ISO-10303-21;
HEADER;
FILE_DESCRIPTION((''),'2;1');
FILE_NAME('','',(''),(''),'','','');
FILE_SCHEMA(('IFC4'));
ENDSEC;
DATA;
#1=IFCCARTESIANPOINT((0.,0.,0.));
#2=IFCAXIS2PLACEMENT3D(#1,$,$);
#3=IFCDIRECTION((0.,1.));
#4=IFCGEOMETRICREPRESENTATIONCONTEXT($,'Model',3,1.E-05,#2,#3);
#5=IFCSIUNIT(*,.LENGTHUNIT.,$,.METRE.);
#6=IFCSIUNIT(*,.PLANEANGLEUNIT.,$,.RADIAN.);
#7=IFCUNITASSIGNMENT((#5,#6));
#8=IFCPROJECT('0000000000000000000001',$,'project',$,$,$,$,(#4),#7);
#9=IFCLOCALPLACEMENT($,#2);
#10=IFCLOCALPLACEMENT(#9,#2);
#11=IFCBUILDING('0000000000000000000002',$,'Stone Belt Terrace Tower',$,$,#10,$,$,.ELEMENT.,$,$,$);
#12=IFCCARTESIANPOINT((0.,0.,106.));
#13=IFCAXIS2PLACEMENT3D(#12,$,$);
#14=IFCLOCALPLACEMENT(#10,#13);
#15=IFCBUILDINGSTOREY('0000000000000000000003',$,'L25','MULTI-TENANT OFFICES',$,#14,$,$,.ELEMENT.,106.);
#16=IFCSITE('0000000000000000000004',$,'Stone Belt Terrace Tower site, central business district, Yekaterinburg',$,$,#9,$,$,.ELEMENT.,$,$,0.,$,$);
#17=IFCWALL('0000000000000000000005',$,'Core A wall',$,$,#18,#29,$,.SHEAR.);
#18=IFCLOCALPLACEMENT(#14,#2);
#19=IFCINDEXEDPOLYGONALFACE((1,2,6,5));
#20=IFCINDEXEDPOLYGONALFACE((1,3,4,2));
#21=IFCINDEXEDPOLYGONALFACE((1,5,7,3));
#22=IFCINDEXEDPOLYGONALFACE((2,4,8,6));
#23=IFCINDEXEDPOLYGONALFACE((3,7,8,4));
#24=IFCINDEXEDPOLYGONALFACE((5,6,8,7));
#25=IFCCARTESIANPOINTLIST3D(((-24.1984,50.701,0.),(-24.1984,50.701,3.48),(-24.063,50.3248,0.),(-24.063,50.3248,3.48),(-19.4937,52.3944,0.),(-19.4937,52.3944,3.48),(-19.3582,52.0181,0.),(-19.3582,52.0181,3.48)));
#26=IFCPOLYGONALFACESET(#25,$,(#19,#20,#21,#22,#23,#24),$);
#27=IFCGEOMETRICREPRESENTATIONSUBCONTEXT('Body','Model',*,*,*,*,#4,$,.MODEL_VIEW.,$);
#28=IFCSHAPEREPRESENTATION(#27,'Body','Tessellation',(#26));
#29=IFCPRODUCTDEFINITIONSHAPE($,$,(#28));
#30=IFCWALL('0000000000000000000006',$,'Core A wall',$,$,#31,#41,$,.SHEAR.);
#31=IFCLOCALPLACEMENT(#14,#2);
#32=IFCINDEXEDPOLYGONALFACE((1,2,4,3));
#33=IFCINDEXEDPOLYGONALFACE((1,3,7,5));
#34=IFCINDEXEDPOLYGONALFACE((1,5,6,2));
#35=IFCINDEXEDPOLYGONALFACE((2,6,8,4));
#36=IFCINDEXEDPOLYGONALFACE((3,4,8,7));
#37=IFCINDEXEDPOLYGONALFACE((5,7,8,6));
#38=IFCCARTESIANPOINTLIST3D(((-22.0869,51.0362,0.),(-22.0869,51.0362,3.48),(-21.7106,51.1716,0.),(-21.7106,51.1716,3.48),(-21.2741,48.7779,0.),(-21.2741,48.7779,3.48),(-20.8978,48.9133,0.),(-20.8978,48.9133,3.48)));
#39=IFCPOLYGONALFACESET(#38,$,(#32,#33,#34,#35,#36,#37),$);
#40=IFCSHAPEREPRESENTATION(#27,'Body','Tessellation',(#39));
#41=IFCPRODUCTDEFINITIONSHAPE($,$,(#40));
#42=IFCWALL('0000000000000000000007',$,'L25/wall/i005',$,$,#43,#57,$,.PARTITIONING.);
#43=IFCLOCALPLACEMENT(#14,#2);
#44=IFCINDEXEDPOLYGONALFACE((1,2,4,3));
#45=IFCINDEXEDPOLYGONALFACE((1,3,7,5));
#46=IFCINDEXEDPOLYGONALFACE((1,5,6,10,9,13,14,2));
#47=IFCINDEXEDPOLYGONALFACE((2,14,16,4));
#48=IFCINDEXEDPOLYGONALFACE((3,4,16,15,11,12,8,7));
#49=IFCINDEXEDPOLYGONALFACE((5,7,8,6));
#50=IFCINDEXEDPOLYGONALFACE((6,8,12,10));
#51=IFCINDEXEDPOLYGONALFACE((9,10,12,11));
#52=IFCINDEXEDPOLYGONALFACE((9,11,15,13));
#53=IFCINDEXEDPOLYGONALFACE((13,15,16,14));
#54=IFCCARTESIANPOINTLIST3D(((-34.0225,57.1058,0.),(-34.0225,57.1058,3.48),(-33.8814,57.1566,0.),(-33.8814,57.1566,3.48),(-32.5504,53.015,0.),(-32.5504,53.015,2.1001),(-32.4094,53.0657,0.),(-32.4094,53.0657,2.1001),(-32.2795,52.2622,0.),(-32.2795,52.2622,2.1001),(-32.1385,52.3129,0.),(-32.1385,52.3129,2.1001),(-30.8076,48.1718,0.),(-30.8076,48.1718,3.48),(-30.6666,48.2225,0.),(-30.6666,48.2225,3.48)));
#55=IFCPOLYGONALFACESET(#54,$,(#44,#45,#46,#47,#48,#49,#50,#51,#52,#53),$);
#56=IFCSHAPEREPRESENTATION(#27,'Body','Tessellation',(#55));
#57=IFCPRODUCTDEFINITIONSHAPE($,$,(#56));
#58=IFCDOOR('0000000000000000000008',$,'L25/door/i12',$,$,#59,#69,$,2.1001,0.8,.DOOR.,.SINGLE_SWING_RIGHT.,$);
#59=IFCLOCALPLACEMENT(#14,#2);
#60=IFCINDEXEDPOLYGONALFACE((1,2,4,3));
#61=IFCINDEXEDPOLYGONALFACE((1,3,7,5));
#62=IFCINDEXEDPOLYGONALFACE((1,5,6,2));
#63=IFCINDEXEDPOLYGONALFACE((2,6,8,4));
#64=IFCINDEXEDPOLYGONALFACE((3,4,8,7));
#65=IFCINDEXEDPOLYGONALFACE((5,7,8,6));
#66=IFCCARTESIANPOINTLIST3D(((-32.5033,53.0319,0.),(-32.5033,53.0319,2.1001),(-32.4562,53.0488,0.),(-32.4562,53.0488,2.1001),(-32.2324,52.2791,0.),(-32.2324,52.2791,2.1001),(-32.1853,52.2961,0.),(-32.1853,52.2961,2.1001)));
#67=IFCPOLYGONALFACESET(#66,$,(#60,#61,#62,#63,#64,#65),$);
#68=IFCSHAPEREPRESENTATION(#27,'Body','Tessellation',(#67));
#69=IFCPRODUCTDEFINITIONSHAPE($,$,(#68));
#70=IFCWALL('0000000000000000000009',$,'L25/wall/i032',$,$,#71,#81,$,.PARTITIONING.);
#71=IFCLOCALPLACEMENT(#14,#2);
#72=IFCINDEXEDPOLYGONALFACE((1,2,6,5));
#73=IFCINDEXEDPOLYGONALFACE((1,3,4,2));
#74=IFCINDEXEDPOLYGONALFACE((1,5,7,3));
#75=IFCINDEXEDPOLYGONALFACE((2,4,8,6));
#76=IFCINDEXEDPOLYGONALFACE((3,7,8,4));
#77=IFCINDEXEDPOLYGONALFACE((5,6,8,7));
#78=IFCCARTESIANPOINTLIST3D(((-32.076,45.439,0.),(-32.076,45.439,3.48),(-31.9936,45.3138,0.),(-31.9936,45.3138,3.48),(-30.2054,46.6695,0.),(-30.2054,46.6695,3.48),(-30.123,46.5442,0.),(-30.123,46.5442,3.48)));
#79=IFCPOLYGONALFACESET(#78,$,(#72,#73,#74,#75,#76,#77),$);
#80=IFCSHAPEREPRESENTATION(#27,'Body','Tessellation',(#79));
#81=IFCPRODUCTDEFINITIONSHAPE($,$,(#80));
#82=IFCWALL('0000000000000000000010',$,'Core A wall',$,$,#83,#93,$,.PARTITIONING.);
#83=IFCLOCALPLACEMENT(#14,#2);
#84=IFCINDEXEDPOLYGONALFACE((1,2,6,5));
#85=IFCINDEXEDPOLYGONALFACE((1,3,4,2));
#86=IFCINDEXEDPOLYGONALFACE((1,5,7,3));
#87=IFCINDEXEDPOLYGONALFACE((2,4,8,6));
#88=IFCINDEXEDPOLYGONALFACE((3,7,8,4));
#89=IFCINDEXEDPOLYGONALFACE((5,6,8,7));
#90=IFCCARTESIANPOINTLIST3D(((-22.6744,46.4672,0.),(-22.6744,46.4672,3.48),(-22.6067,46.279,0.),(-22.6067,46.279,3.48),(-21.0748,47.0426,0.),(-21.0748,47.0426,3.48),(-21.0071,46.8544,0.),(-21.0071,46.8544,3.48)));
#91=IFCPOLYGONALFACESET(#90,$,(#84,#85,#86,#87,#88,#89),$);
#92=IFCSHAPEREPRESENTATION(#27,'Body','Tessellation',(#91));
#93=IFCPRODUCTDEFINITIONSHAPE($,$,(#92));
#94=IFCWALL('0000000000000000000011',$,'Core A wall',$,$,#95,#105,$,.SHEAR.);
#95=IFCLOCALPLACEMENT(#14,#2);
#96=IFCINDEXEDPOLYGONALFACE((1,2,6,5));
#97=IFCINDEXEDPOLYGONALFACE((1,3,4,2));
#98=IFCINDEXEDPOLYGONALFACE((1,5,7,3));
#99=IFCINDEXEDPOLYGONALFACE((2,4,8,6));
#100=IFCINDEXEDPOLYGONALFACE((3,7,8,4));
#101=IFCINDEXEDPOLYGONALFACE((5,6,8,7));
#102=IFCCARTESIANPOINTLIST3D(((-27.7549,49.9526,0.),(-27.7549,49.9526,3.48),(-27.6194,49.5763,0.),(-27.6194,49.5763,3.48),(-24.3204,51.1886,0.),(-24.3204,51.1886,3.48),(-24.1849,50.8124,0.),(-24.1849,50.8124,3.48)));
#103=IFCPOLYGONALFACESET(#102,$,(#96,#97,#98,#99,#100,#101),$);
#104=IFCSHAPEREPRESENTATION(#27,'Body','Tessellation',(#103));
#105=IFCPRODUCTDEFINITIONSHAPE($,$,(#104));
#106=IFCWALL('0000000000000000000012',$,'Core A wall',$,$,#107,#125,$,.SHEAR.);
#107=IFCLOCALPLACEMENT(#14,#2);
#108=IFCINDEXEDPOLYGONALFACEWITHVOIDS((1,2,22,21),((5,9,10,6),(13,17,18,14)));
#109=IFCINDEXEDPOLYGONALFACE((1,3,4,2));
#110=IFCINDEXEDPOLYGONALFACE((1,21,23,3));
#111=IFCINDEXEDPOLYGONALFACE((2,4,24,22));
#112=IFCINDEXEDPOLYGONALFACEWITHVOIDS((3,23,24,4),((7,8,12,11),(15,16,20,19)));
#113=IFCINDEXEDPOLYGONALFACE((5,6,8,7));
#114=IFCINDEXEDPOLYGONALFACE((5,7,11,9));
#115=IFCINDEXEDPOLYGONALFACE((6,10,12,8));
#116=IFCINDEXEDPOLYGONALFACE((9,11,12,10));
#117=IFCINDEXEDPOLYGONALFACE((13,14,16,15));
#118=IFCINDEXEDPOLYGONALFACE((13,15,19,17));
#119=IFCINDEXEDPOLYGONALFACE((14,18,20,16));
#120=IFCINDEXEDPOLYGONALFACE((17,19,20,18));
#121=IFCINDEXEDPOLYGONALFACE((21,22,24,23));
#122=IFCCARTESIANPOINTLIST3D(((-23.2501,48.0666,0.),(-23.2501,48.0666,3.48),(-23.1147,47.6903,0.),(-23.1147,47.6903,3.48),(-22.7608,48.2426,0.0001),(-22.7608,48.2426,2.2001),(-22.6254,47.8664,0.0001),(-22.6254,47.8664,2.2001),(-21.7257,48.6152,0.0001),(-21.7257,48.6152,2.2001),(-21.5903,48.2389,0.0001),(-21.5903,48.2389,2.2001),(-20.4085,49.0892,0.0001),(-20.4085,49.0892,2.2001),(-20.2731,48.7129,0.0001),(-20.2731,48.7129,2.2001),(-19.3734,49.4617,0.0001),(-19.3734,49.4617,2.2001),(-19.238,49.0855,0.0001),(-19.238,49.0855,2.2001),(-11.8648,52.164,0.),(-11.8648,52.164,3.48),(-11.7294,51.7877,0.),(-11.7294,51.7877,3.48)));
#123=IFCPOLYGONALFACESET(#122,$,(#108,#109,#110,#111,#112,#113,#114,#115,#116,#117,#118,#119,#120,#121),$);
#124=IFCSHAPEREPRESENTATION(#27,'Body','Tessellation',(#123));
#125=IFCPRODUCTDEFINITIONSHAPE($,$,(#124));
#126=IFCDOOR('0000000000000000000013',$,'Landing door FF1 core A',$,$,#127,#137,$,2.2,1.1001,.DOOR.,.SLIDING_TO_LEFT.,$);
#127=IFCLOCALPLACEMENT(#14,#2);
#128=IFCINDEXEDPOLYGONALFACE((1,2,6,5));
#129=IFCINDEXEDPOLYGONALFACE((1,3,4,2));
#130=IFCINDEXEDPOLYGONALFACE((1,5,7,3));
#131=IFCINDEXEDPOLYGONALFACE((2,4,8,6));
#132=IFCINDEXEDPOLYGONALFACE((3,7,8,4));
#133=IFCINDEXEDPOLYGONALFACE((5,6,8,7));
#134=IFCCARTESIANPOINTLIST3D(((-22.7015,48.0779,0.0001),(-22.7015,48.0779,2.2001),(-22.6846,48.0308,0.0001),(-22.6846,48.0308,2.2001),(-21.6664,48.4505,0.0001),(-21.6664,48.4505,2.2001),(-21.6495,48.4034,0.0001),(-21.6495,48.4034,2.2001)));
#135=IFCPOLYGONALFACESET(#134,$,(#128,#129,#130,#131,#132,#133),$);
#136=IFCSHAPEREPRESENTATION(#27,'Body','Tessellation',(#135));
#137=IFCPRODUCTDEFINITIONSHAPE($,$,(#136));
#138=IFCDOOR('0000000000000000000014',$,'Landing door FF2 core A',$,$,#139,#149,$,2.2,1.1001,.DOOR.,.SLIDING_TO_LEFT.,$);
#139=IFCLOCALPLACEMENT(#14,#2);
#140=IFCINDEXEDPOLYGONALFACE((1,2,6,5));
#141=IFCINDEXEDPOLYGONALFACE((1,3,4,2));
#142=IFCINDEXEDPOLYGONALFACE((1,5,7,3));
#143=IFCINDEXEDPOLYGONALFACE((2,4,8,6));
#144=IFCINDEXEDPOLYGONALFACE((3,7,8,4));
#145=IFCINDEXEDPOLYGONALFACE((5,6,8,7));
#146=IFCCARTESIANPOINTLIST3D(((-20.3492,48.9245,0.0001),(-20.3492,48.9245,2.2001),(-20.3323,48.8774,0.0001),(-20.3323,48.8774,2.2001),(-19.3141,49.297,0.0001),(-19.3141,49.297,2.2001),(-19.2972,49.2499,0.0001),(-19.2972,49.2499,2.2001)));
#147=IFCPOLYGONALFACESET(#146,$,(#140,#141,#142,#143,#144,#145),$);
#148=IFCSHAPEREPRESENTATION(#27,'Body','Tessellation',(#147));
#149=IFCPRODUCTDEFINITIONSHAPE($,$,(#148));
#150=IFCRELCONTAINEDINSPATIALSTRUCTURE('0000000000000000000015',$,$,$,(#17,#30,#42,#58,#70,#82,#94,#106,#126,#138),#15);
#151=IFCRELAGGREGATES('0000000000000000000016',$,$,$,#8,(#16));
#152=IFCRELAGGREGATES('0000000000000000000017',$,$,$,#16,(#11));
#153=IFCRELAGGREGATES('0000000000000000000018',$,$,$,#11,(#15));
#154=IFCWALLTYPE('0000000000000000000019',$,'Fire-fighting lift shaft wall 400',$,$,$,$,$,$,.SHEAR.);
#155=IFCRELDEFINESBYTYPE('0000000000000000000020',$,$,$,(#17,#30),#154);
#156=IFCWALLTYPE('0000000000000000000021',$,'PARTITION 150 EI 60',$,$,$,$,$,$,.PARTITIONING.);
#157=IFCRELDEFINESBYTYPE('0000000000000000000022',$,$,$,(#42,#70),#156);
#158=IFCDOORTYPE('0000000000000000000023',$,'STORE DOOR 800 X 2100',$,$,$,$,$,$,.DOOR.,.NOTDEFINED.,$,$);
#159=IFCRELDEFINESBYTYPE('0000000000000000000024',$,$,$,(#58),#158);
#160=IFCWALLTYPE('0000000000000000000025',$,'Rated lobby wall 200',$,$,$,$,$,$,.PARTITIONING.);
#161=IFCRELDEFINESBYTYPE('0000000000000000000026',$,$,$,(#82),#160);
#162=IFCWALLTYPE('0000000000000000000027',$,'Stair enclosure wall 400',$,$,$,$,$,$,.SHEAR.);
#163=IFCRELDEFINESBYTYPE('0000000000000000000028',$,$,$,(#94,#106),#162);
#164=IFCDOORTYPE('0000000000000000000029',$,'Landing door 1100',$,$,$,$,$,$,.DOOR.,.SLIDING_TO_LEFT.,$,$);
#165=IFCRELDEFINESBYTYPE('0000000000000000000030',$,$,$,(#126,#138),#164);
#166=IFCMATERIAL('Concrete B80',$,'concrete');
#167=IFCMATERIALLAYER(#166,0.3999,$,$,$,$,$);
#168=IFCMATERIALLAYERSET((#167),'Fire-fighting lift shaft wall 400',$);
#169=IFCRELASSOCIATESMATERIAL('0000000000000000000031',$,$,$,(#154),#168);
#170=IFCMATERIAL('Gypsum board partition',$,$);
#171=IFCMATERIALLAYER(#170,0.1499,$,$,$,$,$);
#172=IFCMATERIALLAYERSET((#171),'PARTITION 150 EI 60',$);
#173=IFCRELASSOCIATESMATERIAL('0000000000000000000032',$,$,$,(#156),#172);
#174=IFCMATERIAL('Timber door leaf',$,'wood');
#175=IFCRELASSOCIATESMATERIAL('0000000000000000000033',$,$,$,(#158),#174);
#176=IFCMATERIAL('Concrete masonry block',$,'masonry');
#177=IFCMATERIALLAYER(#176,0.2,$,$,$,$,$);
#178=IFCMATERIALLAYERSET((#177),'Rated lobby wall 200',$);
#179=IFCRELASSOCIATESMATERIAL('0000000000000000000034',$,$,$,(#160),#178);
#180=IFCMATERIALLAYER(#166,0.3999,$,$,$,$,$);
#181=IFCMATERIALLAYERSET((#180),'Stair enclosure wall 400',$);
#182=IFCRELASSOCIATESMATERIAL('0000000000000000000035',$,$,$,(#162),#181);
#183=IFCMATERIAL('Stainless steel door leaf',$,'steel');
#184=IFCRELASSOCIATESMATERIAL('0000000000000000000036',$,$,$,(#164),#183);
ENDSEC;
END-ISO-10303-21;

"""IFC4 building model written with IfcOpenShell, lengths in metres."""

from ifc_helpers import new_model, si_unit, direction, frame, frame_2d, origin, place, context, subcontext, project, spatial, rectangle, extrude, material, layer, layer_set, type_object, element, fill, save


model = new_model("IFC4")

# Units and contexts
model_context = context("Model", 3, precision=1e-05, world=origin(), true_north=direction((0.0, 1.0)))
body_context = subcontext(model_context, "Body", "Model", "MODEL_VIEW")
ifc_project = project(units=[si_unit("LENGTHUNIT", "METRE"), si_unit("PLANEANGLEUNIT", "RADIAN")], contexts=[model_context])

# Site, building, storey
site_placement = place(None, origin())
site = spatial("IfcSite", under=ifc_project, at=site_placement, Name="Stone Belt Terrace Tower site, central business district, Yekaterinburg", CompositionType="ELEMENT", RefElevation=0.0)
building_placement = place(site_placement, origin())
building = spatial("IfcBuilding", under=site, at=building_placement, Name="Stone Belt Terrace Tower", CompositionType="ELEMENT")
storey_placement = place(building_placement, frame((0.0, 0.0, 106.0)))
storey = spatial("IfcBuildingStorey", under=building, at=storey_placement, Name="L25", Description="MULTI-TENANT OFFICES", CompositionType="ELEMENT", Elevation=106.0)

# Walls
ifc_material_1 = material(Name="Concrete B80", Category="concrete")
ifc_layer_1 = layer(ifc_material_1, 0.3999)
ifc_layer_set_1 = layer_set([ifc_layer_1], Name="Fire-fighting lift shaft wall 400")
wall_type_1 = type_object("IfcWallType", Name="Fire-fighting lift shaft wall 400", PredefinedType="SHEAR", material=ifc_layer_set_1)
wall_1_placement = place(storey_placement, frame((-24.1306, 50.5129, 0.0), z_axis=(0.0, 0.0, 1.0), x_axis=(0.940912, 0.338652, 0.0)))
element("IfcWall", 1, at=wall_1_placement, inside=storey, type_object=wall_type_1, Name="Core A wall", PredefinedType="SHEAR", context=body_context, shape_type="SweptSolid", body=[
    extrude(rectangle(XDim=5.0002, YDim=0.3999, at=frame_2d((2.5, 0.0))), origin(), (0.0, 0.0, 1.0), 3.48),
])
wall_2_placement = place(storey_placement, frame((-21.0859, 48.8455, 0.0), z_axis=(0.0, 0.0, 1.0), x_axis=(-0.338629, 0.94092, 0.0)))
element("IfcWall", 2, at=wall_2_placement, inside=storey, type_object=wall_type_1, Name="Core A wall", PredefinedType="SHEAR", context=body_context, shape_type="SweptSolid", body=[
    extrude(rectangle(XDim=2.4001, YDim=0.3999, at=frame_2d((1.2002, 0.0))), origin(), (0.0, 0.0, 1.0), 3.48),
])

# Wall, opening, door
ifc_material_2 = material(Name="Gypsum board partition")
ifc_layer_2 = layer(ifc_material_2, 0.1499)
ifc_layer_set_2 = layer_set([ifc_layer_2], Name="PARTITION 150 EI 60")
wall_type_2 = type_object("IfcWallType", Name="PARTITION 150 EI 60", PredefinedType="PARTITIONING", material=ifc_layer_set_2)
wall_3_placement = place(storey_placement, frame((-30.7371, 48.197, 0.0), z_axis=(0.0, 0.0, 1.0), x_axis=(-0.338587, 0.940935, 0.0)))
wall_3 = element("IfcWall", 3, at=wall_3_placement, inside=storey, type_object=wall_type_2, Name="L25/wall/i005", PredefinedType="PARTITIONING", context=body_context, shape_type="SweptSolid", body=[
    extrude(rectangle(XDim=9.4949, YDim=0.1499, at=frame_2d((4.7476, 0.0))), origin(), (0.0, 0.0, 1.0), 3.48),
])
opening_1_placement = place(wall_3_placement, frame((4.3474, 0.0, 0.0)))
opening_1 = element("IfcOpeningElement", 4, at=opening_1_placement, cuts=wall_3, PredefinedType="OPENING", context=body_context, shape_type="SweptSolid", body=[
    extrude(rectangle(XDim=0.8, YDim=2.1001, at=frame_2d((0.3999, 1.05))), frame((0.0, 0.085, 0.0), z_axis=(0.0, -1.0, 0.0), x_axis=(1.0, 0.0, 0.0)), (0.0, 0.0, 1.0), 0.1699),
])
ifc_material_3 = material(Name="Timber door leaf", Category="wood")
door_type_1 = type_object("IfcDoorType", Name="STORE DOOR 800 X 2100", OperationType="NOTDEFINED", PredefinedType="DOOR", material=ifc_material_3)
door_1_placement = place(opening_1_placement, origin())
door_1 = element("IfcDoor", 5, at=door_1_placement, inside=storey, type_object=door_type_1, Name="L25/door/i12", OperationType="SINGLE_SWING_RIGHT", OverallHeight=2.1001, OverallWidth=0.8, PredefinedType="DOOR", context=body_context, shape_type="SweptSolid", body=[
    extrude(rectangle(XDim=0.8, YDim=2.1001, at=frame_2d((0.3999, 1.05))), frame((0.0, 0.0249, 0.0), z_axis=(0.0, -1.0, 0.0), x_axis=(1.0, 0.0, 0.0)), (0.0, 0.0, 1.0), 0.05),
])
fill(opening_1, door_1)

# Walls
wall_4_placement = place(storey_placement, frame((-30.1641, 46.6069, 0.0), z_axis=(0.0, 0.0, 1.0), x_axis=(-0.835457, -0.549556, 0.0)))
element("IfcWall", 6, at=wall_4_placement, inside=storey, type_object=wall_type_2, Name="L25/wall/i032", PredefinedType="PARTITIONING", context=body_context, shape_type="SweptSolid", body=[
    extrude(rectangle(XDim=2.239, YDim=0.1499, at=frame_2d((1.1196, 0.0))), origin(), (0.0, 0.0, 1.0), 3.48),
])
ifc_material_4 = material(Name="Concrete masonry block", Category="masonry")
ifc_layer_3 = layer(ifc_material_4, 0.2)
ifc_layer_set_3 = layer_set([ifc_layer_3], Name="Rated lobby wall 200")
wall_type_3 = type_object("IfcWallType", Name="Rated lobby wall 200", PredefinedType="PARTITIONING", material=ifc_layer_set_3)
wall_5_placement = place(storey_placement, frame((-22.6406, 46.373, 0.0), z_axis=(0.0, 0.0, 1.0), x_axis=(0.940966, 0.338501, 0.0)))
element("IfcWall", 7, at=wall_5_placement, inside=storey, type_object=wall_type_3, Name="Core A wall", PredefinedType="PARTITIONING", context=body_context, shape_type="SweptSolid", body=[
    extrude(rectangle(XDim=1.7, YDim=0.2, at=frame_2d((0.8501, 0.0))), origin(), (0.0, 0.0, 1.0), 3.48),
])
ifc_layer_4 = layer(ifc_material_1, 0.3999)
ifc_layer_set_4 = layer_set([ifc_layer_4], Name="Stair enclosure wall 400")
wall_type_4 = type_object("IfcWallType", Name="Stair enclosure wall 400", PredefinedType="SHEAR", material=ifc_layer_set_4)
wall_6_placement = place(storey_placement, frame((-27.6873, 49.7644, 0.0), z_axis=(0.0, 0.0, 1.0), x_axis=(0.940919, 0.338632, 0.0)))
element("IfcWall", 8, at=wall_6_placement, inside=storey, type_object=wall_type_4, Name="Core A wall", PredefinedType="SHEAR", context=body_context, shape_type="SweptSolid", body=[
    extrude(rectangle(XDim=3.6501, YDim=0.3999, at=frame_2d((1.8252, 0.0))), origin(), (0.0, 0.0, 1.0), 3.48),
])

# Wall, openings, doors
wall_7_placement = place(storey_placement, frame((-23.1824, 47.8784, 0.0), z_axis=(0.0, 0.0, 1.0), x_axis=(0.940921, 0.338626, 0.0)))
wall_7 = element("IfcWall", 9, at=wall_7_placement, inside=storey, type_object=wall_type_4, Name="Core A wall", PredefinedType="SHEAR", context=body_context, shape_type="SweptSolid", body=[
    extrude(rectangle(XDim=12.1001, YDim=0.3999, at=frame_2d((6.05, 0.0))), origin(), (0.0, 0.0, 1.0), 3.48),
])
opening_2_placement = place(wall_7_placement, frame((0.52, 0.0, 0.0)))
opening_2 = element("IfcOpeningElement", 10, at=opening_2_placement, cuts=wall_7, PredefinedType="OPENING", context=body_context, shape_type="SweptSolid", body=[
    extrude(rectangle(XDim=1.1001, YDim=2.2, at=frame_2d((0.55, 1.1001))), frame((0.0, 0.21, 0.0), z_axis=(0.0, -1.0, 0.0), x_axis=(1.0, 0.0, 0.0)), (0.0, 0.0, 1.0), 0.4199),
])
opening_3_placement = place(wall_7_placement, frame((3.02, 0.0, 0.0)))
opening_3 = element("IfcOpeningElement", 11, at=opening_3_placement, cuts=wall_7, PredefinedType="OPENING", context=body_context, shape_type="SweptSolid", body=[
    extrude(rectangle(XDim=1.1001, YDim=2.2, at=frame_2d((0.55, 1.1001))), frame((0.0, 0.21, 0.0), z_axis=(0.0, -1.0, 0.0), x_axis=(1.0, 0.0, 0.0)), (0.0, 0.0, 1.0), 0.4199),
])
ifc_material_5 = material(Name="Stainless steel door leaf", Category="steel")
door_type_2 = type_object("IfcDoorType", Name="Landing door 1100", OperationType="SLIDING_TO_LEFT", PredefinedType="DOOR", material=ifc_material_5)
door_2_placement = place(opening_2_placement, origin())
door_2 = element("IfcDoor", 12, at=door_2_placement, inside=storey, type_object=door_type_2, Name="Landing door FF1 core A", OperationType="SLIDING_TO_LEFT", OverallHeight=2.2, OverallWidth=1.1001, PredefinedType="DOOR", context=body_context, shape_type="SweptSolid", body=[
    extrude(rectangle(XDim=1.1001, YDim=2.2, at=frame_2d((0.55, 1.1001))), frame((0.0, 0.0249, 0.0), z_axis=(0.0, -1.0, 0.0), x_axis=(1.0, 0.0, 0.0)), (0.0, 0.0, 1.0), 0.05),
])
fill(opening_2, door_2)
door_3_placement = place(opening_3_placement, origin())
door_3 = element("IfcDoor", 13, at=door_3_placement, inside=storey, type_object=door_type_2, Name="Landing door FF2 core A", OperationType="SLIDING_TO_LEFT", OverallHeight=2.2, OverallWidth=1.1001, PredefinedType="DOOR", context=body_context, shape_type="SweptSolid", body=[
    extrude(rectangle(XDim=1.1001, YDim=2.2, at=frame_2d((0.55, 1.1001))), frame((0.0, 0.0249, 0.0), z_axis=(0.0, -1.0, 0.0), x_axis=(1.0, 0.0, 0.0)), (0.0, 0.0, 1.0), 0.05),
])
fill(opening_3, door_3)

save(model, "model.ifc")
